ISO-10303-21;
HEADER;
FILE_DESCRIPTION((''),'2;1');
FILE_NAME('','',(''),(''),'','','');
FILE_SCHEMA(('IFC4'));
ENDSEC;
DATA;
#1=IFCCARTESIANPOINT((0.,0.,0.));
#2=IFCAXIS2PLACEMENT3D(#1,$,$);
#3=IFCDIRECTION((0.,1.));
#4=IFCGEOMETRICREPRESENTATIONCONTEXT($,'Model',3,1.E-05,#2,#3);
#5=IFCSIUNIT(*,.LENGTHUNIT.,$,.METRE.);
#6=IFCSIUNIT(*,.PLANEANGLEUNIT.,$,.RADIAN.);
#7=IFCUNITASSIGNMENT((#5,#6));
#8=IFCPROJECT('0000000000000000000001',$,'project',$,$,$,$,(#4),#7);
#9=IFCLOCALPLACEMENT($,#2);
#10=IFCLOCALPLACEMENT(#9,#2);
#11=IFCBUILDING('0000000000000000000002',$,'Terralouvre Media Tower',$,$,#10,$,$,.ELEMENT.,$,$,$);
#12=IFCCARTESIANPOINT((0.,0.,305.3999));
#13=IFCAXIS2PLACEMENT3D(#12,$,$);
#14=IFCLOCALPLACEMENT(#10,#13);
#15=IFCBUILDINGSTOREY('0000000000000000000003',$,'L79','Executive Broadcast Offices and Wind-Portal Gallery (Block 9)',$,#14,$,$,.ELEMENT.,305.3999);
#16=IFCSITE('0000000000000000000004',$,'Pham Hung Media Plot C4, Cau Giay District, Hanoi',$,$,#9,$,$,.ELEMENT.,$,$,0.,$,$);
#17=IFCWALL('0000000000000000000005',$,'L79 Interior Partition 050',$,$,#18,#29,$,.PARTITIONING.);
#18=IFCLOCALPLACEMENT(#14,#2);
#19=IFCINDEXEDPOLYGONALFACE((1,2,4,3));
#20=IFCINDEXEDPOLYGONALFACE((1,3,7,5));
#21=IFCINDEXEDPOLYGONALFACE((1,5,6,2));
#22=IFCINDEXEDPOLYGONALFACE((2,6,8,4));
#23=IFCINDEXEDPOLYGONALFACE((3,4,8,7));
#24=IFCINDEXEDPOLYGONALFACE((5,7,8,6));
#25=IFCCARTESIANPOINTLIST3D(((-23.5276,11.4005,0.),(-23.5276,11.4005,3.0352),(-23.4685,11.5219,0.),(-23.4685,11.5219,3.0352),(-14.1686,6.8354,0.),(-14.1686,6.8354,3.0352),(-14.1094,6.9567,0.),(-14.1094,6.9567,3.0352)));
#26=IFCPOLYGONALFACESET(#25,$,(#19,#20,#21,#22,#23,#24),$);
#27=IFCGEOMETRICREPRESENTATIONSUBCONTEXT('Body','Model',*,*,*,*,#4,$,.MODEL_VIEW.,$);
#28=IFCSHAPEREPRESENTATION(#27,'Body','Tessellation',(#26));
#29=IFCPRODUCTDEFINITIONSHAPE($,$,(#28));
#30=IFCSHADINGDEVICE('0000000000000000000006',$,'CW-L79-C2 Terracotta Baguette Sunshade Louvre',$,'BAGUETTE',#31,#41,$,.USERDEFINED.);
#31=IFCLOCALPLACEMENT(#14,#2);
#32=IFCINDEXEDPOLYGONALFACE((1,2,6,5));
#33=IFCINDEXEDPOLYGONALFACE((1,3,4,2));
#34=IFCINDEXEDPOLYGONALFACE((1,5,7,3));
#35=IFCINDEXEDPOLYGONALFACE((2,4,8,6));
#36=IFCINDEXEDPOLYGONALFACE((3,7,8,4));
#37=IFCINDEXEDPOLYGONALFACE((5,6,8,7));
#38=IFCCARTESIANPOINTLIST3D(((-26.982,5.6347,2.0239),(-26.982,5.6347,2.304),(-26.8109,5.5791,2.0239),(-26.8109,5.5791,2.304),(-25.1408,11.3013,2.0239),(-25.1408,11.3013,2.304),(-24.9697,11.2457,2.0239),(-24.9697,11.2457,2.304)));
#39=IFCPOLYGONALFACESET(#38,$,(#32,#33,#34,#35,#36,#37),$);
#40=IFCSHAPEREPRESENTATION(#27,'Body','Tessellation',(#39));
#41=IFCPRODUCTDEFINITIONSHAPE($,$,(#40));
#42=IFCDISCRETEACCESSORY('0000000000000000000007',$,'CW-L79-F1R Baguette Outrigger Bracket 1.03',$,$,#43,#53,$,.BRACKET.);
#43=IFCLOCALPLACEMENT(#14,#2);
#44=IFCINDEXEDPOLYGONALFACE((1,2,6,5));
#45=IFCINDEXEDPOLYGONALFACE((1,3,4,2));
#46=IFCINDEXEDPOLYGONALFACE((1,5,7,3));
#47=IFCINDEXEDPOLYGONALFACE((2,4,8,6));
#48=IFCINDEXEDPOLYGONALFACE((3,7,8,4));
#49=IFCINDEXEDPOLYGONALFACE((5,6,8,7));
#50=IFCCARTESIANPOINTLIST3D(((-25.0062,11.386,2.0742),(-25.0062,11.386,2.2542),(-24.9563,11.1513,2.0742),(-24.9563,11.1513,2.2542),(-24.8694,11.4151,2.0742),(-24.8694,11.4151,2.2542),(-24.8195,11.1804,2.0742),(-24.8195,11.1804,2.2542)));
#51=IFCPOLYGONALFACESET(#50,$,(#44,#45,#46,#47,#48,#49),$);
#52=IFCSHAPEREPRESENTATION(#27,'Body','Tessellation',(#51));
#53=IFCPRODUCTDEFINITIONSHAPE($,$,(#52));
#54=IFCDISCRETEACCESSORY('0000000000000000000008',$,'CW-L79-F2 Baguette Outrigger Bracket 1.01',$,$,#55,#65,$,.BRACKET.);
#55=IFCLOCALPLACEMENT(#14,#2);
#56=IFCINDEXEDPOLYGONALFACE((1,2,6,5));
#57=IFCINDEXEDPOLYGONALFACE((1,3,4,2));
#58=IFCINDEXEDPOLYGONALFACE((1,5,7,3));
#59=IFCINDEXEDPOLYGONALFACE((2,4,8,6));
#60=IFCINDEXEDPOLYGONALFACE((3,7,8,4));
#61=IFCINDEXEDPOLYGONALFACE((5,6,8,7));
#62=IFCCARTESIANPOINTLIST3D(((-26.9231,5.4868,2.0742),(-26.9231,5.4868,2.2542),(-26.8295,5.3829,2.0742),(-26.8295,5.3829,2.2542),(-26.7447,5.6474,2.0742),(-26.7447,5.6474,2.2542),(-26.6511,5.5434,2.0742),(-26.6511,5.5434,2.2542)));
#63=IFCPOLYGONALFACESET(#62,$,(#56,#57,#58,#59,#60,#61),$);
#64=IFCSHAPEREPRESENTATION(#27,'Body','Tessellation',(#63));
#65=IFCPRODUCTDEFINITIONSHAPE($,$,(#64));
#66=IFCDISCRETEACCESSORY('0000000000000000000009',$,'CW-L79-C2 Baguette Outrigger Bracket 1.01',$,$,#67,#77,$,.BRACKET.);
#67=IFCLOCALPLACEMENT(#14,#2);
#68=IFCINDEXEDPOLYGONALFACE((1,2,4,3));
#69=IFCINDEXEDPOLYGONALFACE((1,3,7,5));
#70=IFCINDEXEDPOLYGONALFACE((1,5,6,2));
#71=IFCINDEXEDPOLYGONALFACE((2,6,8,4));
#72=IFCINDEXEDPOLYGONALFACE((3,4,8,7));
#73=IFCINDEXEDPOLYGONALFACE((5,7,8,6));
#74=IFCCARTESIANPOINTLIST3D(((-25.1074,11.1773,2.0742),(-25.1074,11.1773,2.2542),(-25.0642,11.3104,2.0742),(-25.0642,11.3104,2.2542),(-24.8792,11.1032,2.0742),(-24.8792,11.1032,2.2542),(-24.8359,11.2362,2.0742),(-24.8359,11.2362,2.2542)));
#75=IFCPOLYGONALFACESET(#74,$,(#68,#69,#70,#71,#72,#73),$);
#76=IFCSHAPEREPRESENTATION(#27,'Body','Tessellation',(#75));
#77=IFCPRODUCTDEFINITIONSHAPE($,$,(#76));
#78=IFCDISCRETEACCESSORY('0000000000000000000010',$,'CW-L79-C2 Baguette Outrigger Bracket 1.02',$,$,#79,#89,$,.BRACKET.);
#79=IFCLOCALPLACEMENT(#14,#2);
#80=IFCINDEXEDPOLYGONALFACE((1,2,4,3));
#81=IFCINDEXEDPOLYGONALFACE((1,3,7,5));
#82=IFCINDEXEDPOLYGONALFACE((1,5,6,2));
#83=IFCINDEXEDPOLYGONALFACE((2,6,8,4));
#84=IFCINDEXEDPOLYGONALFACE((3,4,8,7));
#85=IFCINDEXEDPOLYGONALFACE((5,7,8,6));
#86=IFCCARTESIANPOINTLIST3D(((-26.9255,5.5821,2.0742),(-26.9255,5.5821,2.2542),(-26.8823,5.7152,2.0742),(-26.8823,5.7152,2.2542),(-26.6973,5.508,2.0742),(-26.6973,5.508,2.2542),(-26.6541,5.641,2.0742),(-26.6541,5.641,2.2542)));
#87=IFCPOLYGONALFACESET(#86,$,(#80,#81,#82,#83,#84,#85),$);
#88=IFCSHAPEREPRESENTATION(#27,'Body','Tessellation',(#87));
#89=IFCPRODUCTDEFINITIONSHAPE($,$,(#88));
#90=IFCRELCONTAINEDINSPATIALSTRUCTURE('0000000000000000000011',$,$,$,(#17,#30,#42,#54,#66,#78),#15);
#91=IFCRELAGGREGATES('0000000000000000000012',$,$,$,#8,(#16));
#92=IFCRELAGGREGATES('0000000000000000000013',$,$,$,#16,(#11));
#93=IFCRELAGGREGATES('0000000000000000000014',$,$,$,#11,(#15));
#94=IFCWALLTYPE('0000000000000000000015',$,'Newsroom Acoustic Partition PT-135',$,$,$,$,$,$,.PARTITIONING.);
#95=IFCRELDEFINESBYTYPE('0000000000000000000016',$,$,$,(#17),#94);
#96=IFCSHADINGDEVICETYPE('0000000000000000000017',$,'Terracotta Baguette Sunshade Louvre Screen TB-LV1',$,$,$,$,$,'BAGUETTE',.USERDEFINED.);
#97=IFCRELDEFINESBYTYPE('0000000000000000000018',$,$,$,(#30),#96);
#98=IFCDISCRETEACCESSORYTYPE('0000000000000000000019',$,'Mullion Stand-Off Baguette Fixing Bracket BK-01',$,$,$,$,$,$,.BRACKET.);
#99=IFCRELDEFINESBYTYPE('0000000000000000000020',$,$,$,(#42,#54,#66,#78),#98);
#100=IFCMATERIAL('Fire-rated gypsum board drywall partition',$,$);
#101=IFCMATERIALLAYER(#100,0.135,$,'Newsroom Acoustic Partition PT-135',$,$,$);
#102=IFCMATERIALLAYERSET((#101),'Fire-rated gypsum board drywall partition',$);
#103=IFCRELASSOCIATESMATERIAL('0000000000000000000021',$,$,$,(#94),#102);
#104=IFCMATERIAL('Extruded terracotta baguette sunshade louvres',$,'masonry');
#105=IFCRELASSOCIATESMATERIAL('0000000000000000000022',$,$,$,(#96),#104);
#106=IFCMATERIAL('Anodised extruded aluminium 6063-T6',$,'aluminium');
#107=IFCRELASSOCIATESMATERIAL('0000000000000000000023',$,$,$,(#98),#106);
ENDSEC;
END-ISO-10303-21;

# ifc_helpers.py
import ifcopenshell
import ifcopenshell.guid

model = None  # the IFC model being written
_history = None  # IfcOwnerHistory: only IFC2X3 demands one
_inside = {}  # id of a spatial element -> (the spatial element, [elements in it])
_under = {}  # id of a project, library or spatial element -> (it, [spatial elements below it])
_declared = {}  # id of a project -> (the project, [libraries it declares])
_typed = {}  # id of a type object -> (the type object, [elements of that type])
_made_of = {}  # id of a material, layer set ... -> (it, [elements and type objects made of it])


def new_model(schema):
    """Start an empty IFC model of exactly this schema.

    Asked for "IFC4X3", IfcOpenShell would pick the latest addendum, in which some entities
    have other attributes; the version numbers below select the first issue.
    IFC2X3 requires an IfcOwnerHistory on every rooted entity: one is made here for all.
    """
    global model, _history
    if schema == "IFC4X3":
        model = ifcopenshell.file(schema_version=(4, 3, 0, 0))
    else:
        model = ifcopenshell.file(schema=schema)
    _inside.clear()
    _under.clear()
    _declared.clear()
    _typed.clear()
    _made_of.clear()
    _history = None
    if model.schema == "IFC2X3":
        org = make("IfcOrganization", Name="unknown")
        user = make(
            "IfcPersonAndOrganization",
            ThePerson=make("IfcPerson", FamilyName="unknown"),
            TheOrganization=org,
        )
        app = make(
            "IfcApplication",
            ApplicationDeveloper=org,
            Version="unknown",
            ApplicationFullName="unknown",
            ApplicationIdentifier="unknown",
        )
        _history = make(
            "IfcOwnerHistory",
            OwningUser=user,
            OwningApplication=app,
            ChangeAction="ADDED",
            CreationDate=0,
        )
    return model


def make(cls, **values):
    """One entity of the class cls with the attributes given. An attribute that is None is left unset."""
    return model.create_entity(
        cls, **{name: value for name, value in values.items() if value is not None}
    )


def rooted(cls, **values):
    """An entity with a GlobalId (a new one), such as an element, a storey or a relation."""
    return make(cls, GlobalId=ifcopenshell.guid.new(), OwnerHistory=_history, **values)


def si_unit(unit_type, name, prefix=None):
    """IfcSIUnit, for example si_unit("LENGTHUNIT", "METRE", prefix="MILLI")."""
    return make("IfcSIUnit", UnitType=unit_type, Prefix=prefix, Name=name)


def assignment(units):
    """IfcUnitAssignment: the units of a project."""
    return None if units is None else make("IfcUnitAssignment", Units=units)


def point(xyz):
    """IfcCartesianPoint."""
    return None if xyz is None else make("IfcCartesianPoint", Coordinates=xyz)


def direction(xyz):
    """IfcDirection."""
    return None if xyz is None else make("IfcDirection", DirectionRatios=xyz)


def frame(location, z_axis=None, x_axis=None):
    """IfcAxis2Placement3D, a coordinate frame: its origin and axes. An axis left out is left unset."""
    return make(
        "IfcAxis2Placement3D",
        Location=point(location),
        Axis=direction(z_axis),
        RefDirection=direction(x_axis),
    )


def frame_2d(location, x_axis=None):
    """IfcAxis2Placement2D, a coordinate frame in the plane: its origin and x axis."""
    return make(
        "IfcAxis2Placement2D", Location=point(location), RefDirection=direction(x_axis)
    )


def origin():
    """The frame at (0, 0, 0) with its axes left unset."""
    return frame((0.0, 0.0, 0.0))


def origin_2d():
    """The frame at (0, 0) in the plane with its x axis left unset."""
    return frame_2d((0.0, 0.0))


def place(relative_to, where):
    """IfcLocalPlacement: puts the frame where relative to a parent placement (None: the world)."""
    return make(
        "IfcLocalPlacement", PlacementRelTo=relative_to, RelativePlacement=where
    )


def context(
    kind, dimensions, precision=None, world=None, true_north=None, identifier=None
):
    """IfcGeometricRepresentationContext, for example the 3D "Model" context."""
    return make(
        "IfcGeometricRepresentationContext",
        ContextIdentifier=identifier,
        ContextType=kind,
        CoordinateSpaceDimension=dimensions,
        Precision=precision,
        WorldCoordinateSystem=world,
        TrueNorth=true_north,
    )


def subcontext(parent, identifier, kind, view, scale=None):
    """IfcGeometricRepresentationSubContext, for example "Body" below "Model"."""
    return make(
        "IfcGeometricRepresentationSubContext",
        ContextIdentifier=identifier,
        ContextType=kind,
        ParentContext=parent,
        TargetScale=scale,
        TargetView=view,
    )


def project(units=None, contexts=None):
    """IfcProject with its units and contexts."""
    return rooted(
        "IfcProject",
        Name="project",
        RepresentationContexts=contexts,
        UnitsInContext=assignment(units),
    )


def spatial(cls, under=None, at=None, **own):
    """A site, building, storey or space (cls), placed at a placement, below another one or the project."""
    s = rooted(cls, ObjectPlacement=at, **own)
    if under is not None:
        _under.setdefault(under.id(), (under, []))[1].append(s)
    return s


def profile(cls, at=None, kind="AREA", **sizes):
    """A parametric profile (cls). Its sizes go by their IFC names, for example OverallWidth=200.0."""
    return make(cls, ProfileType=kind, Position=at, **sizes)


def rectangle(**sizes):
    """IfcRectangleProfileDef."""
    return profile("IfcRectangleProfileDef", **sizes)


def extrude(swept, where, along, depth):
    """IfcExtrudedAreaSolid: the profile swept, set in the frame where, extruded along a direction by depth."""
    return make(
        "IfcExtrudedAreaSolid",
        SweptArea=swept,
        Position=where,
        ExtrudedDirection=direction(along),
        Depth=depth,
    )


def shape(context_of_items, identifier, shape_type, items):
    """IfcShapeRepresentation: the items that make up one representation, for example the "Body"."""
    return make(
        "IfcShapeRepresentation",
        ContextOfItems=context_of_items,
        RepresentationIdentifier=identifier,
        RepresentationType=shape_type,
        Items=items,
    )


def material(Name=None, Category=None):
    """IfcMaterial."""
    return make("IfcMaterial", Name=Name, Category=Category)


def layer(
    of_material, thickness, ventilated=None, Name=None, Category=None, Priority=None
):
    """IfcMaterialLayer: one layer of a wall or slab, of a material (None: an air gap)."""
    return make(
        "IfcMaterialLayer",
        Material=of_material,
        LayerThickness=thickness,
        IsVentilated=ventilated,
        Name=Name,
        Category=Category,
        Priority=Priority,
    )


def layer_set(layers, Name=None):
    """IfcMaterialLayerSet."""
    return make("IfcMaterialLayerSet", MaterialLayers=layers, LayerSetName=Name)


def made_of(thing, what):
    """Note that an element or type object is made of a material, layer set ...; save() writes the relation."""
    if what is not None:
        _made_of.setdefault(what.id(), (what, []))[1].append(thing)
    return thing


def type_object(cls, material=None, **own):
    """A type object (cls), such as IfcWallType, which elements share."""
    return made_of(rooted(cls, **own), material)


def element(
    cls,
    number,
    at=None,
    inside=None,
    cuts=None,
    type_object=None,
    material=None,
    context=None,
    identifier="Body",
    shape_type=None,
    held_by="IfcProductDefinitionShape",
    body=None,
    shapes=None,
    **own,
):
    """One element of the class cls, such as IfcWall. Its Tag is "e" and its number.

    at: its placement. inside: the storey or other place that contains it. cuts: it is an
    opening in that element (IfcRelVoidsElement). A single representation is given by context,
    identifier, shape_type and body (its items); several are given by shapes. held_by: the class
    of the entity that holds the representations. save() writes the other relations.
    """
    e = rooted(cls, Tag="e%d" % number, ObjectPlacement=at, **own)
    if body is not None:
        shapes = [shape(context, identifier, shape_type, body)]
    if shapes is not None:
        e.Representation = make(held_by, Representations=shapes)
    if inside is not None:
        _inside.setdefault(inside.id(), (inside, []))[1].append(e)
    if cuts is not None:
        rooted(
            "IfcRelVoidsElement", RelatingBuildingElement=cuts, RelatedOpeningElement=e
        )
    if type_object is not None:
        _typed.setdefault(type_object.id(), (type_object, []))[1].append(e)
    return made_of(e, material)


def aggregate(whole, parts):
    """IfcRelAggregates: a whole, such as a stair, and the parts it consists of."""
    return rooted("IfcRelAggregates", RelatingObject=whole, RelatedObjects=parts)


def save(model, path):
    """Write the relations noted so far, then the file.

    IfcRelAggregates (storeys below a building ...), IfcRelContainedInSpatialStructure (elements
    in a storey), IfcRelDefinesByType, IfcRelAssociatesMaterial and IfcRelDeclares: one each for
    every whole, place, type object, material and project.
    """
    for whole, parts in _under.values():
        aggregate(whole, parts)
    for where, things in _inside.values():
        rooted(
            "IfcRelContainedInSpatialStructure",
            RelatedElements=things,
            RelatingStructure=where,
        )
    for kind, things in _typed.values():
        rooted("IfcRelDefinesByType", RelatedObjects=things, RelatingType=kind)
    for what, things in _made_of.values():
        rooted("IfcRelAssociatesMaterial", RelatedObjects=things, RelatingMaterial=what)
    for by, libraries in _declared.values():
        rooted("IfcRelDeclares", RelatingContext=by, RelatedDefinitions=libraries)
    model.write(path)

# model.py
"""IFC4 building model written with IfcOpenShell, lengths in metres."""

from ifc_helpers import new_model, si_unit, direction, frame, frame_2d, origin, origin_2d, place, context, subcontext, project, spatial, rectangle, extrude, material, layer, layer_set, type_object, element, save


model = new_model("IFC4")

# Units and contexts
model_context = context("Model", 3, precision=1e-05, world=origin(), true_north=direction((0.0, 1.0)))
body_context = subcontext(model_context, "Body", "Model", "MODEL_VIEW")
ifc_project = project(units=[si_unit("LENGTHUNIT", "METRE"), si_unit("PLANEANGLEUNIT", "RADIAN")], contexts=[model_context])

# Site, building, storey
site_placement = place(None, origin())
site = spatial("IfcSite", under=ifc_project, at=site_placement, Name="Pham Hung Media Plot C4, Cau Giay District, Hanoi", CompositionType="ELEMENT", RefElevation=0.0)
building_placement = place(site_placement, origin())
building = spatial("IfcBuilding", under=site, at=building_placement, Name="Terralouvre Media Tower", CompositionType="ELEMENT")
storey_placement = place(building_placement, frame((0.0, 0.0, 305.3999)))
storey = spatial("IfcBuildingStorey", under=building, at=storey_placement, Name="L79", Description="Executive Broadcast Offices and Wind-Portal Gallery (Block 9)", CompositionType="ELEMENT", Elevation=305.3999)

# Wall
ifc_material_1 = material(Name="Fire-rated gypsum board drywall partition")
ifc_layer_1 = layer(ifc_material_1, 0.135, Name="Newsroom Acoustic Partition PT-135")
ifc_layer_set_1 = layer_set([ifc_layer_1], Name="Fire-rated gypsum board drywall partition")
wall_type = type_object("IfcWallType", Name="Newsroom Acoustic Partition PT-135", PredefinedType="PARTITIONING", material=ifc_layer_set_1)
wall_placement = place(storey_placement, frame((-23.498, 11.4612, 0.0), z_axis=(0.0, 0.0, 1.0), x_axis=(0.898778, -0.438405, 0.0)))
element("IfcWall", 1, at=wall_placement, inside=storey, type_object=wall_type, Name="L79 Interior Partition 050", PredefinedType="PARTITIONING", context=body_context, shape_type="SweptSolid", body=[
    extrude(rectangle(XDim=10.4131, YDim=0.135, at=frame_2d((5.2065, 0.0))), origin(), (0.0, 0.0, 1.0), 3.0352),
])

# Shading device
ifc_material_2 = material(Name="Extruded terracotta baguette sunshade louvres", Category="masonry")
shading_device_type = type_object("IfcShadingDeviceType", Name="Terracotta Baguette Sunshade Louvre Screen TB-LV1", ElementType="BAGUETTE", PredefinedType="USERDEFINED", material=ifc_material_2)
shading_device_placement = place(storey_placement, frame((-25.9758, 8.4402, 2.0239), z_axis=(0.0, 0.0, 1.0), x_axis=(-0.309017, -0.951057, 0.0)))
element("IfcShadingDevice", 2, at=shading_device_placement, inside=storey, type_object=shading_device_type, Name="CW-L79-C2 Terracotta Baguette Sunshade Louvre", ObjectType="BAGUETTE", PredefinedType="USERDEFINED", context=body_context, shape_type="SweptSolid", body=[
    extrude(rectangle(XDim=5.9583, YDim=0.1799, at=origin_2d()), origin(), (0.0, 0.0, 1.0), 0.28),
])

# Discrete accessories
ifc_material_3 = material(Name="Anodised extruded aluminium 6063-T6", Category="aluminium")
discrete_accessory_type = type_object("IfcDiscreteAccessoryType", Name="Mullion Stand-Off Baguette Fixing Bracket BK-01", PredefinedType="BRACKET", material=ifc_material_3)
for number, where, z_axis, x_axis, name in (
    (3, (-24.9128, 11.2832, 2.0742), (0.0, 0.0, 1.0), (-0.978148, -0.207911, 0.0), "CW-L79-F1R Baguette Outrigger Bracket 1.03"),
    (4, (-26.7871, 5.5151, 2.0742), (0.0, 0.0, 1.0), (0.669131, -0.743145, 0.0), "CW-L79-F2 Baguette Outrigger Bracket 1.01"),
    (5, (-24.9717, 11.2068, 2.0742), (0.0, 0.0, 1.0), (-0.309017, -0.951057, 0.0), "CW-L79-C2 Baguette Outrigger Bracket 1.01"),
    (6, (-26.7898, 5.6116, 2.0742), (0.0, 0.0, 1.0), (-0.309017, -0.951057, 0.0), "CW-L79-C2 Baguette Outrigger Bracket 1.02"),
):
    element("IfcDiscreteAccessory", number, at=place(storey_placement, frame(where, z_axis=z_axis, x_axis=x_axis)), inside=storey, type_object=discrete_accessory_type, Name=name, PredefinedType="BRACKET", context=body_context, shape_type="SweptSolid", body=[
        extrude(rectangle(XDim=0.1399, YDim=0.24, at=origin_2d()), origin(), (0.0, 0.0, 1.0), 0.1799),
    ])

save(model, "model.ifc")
